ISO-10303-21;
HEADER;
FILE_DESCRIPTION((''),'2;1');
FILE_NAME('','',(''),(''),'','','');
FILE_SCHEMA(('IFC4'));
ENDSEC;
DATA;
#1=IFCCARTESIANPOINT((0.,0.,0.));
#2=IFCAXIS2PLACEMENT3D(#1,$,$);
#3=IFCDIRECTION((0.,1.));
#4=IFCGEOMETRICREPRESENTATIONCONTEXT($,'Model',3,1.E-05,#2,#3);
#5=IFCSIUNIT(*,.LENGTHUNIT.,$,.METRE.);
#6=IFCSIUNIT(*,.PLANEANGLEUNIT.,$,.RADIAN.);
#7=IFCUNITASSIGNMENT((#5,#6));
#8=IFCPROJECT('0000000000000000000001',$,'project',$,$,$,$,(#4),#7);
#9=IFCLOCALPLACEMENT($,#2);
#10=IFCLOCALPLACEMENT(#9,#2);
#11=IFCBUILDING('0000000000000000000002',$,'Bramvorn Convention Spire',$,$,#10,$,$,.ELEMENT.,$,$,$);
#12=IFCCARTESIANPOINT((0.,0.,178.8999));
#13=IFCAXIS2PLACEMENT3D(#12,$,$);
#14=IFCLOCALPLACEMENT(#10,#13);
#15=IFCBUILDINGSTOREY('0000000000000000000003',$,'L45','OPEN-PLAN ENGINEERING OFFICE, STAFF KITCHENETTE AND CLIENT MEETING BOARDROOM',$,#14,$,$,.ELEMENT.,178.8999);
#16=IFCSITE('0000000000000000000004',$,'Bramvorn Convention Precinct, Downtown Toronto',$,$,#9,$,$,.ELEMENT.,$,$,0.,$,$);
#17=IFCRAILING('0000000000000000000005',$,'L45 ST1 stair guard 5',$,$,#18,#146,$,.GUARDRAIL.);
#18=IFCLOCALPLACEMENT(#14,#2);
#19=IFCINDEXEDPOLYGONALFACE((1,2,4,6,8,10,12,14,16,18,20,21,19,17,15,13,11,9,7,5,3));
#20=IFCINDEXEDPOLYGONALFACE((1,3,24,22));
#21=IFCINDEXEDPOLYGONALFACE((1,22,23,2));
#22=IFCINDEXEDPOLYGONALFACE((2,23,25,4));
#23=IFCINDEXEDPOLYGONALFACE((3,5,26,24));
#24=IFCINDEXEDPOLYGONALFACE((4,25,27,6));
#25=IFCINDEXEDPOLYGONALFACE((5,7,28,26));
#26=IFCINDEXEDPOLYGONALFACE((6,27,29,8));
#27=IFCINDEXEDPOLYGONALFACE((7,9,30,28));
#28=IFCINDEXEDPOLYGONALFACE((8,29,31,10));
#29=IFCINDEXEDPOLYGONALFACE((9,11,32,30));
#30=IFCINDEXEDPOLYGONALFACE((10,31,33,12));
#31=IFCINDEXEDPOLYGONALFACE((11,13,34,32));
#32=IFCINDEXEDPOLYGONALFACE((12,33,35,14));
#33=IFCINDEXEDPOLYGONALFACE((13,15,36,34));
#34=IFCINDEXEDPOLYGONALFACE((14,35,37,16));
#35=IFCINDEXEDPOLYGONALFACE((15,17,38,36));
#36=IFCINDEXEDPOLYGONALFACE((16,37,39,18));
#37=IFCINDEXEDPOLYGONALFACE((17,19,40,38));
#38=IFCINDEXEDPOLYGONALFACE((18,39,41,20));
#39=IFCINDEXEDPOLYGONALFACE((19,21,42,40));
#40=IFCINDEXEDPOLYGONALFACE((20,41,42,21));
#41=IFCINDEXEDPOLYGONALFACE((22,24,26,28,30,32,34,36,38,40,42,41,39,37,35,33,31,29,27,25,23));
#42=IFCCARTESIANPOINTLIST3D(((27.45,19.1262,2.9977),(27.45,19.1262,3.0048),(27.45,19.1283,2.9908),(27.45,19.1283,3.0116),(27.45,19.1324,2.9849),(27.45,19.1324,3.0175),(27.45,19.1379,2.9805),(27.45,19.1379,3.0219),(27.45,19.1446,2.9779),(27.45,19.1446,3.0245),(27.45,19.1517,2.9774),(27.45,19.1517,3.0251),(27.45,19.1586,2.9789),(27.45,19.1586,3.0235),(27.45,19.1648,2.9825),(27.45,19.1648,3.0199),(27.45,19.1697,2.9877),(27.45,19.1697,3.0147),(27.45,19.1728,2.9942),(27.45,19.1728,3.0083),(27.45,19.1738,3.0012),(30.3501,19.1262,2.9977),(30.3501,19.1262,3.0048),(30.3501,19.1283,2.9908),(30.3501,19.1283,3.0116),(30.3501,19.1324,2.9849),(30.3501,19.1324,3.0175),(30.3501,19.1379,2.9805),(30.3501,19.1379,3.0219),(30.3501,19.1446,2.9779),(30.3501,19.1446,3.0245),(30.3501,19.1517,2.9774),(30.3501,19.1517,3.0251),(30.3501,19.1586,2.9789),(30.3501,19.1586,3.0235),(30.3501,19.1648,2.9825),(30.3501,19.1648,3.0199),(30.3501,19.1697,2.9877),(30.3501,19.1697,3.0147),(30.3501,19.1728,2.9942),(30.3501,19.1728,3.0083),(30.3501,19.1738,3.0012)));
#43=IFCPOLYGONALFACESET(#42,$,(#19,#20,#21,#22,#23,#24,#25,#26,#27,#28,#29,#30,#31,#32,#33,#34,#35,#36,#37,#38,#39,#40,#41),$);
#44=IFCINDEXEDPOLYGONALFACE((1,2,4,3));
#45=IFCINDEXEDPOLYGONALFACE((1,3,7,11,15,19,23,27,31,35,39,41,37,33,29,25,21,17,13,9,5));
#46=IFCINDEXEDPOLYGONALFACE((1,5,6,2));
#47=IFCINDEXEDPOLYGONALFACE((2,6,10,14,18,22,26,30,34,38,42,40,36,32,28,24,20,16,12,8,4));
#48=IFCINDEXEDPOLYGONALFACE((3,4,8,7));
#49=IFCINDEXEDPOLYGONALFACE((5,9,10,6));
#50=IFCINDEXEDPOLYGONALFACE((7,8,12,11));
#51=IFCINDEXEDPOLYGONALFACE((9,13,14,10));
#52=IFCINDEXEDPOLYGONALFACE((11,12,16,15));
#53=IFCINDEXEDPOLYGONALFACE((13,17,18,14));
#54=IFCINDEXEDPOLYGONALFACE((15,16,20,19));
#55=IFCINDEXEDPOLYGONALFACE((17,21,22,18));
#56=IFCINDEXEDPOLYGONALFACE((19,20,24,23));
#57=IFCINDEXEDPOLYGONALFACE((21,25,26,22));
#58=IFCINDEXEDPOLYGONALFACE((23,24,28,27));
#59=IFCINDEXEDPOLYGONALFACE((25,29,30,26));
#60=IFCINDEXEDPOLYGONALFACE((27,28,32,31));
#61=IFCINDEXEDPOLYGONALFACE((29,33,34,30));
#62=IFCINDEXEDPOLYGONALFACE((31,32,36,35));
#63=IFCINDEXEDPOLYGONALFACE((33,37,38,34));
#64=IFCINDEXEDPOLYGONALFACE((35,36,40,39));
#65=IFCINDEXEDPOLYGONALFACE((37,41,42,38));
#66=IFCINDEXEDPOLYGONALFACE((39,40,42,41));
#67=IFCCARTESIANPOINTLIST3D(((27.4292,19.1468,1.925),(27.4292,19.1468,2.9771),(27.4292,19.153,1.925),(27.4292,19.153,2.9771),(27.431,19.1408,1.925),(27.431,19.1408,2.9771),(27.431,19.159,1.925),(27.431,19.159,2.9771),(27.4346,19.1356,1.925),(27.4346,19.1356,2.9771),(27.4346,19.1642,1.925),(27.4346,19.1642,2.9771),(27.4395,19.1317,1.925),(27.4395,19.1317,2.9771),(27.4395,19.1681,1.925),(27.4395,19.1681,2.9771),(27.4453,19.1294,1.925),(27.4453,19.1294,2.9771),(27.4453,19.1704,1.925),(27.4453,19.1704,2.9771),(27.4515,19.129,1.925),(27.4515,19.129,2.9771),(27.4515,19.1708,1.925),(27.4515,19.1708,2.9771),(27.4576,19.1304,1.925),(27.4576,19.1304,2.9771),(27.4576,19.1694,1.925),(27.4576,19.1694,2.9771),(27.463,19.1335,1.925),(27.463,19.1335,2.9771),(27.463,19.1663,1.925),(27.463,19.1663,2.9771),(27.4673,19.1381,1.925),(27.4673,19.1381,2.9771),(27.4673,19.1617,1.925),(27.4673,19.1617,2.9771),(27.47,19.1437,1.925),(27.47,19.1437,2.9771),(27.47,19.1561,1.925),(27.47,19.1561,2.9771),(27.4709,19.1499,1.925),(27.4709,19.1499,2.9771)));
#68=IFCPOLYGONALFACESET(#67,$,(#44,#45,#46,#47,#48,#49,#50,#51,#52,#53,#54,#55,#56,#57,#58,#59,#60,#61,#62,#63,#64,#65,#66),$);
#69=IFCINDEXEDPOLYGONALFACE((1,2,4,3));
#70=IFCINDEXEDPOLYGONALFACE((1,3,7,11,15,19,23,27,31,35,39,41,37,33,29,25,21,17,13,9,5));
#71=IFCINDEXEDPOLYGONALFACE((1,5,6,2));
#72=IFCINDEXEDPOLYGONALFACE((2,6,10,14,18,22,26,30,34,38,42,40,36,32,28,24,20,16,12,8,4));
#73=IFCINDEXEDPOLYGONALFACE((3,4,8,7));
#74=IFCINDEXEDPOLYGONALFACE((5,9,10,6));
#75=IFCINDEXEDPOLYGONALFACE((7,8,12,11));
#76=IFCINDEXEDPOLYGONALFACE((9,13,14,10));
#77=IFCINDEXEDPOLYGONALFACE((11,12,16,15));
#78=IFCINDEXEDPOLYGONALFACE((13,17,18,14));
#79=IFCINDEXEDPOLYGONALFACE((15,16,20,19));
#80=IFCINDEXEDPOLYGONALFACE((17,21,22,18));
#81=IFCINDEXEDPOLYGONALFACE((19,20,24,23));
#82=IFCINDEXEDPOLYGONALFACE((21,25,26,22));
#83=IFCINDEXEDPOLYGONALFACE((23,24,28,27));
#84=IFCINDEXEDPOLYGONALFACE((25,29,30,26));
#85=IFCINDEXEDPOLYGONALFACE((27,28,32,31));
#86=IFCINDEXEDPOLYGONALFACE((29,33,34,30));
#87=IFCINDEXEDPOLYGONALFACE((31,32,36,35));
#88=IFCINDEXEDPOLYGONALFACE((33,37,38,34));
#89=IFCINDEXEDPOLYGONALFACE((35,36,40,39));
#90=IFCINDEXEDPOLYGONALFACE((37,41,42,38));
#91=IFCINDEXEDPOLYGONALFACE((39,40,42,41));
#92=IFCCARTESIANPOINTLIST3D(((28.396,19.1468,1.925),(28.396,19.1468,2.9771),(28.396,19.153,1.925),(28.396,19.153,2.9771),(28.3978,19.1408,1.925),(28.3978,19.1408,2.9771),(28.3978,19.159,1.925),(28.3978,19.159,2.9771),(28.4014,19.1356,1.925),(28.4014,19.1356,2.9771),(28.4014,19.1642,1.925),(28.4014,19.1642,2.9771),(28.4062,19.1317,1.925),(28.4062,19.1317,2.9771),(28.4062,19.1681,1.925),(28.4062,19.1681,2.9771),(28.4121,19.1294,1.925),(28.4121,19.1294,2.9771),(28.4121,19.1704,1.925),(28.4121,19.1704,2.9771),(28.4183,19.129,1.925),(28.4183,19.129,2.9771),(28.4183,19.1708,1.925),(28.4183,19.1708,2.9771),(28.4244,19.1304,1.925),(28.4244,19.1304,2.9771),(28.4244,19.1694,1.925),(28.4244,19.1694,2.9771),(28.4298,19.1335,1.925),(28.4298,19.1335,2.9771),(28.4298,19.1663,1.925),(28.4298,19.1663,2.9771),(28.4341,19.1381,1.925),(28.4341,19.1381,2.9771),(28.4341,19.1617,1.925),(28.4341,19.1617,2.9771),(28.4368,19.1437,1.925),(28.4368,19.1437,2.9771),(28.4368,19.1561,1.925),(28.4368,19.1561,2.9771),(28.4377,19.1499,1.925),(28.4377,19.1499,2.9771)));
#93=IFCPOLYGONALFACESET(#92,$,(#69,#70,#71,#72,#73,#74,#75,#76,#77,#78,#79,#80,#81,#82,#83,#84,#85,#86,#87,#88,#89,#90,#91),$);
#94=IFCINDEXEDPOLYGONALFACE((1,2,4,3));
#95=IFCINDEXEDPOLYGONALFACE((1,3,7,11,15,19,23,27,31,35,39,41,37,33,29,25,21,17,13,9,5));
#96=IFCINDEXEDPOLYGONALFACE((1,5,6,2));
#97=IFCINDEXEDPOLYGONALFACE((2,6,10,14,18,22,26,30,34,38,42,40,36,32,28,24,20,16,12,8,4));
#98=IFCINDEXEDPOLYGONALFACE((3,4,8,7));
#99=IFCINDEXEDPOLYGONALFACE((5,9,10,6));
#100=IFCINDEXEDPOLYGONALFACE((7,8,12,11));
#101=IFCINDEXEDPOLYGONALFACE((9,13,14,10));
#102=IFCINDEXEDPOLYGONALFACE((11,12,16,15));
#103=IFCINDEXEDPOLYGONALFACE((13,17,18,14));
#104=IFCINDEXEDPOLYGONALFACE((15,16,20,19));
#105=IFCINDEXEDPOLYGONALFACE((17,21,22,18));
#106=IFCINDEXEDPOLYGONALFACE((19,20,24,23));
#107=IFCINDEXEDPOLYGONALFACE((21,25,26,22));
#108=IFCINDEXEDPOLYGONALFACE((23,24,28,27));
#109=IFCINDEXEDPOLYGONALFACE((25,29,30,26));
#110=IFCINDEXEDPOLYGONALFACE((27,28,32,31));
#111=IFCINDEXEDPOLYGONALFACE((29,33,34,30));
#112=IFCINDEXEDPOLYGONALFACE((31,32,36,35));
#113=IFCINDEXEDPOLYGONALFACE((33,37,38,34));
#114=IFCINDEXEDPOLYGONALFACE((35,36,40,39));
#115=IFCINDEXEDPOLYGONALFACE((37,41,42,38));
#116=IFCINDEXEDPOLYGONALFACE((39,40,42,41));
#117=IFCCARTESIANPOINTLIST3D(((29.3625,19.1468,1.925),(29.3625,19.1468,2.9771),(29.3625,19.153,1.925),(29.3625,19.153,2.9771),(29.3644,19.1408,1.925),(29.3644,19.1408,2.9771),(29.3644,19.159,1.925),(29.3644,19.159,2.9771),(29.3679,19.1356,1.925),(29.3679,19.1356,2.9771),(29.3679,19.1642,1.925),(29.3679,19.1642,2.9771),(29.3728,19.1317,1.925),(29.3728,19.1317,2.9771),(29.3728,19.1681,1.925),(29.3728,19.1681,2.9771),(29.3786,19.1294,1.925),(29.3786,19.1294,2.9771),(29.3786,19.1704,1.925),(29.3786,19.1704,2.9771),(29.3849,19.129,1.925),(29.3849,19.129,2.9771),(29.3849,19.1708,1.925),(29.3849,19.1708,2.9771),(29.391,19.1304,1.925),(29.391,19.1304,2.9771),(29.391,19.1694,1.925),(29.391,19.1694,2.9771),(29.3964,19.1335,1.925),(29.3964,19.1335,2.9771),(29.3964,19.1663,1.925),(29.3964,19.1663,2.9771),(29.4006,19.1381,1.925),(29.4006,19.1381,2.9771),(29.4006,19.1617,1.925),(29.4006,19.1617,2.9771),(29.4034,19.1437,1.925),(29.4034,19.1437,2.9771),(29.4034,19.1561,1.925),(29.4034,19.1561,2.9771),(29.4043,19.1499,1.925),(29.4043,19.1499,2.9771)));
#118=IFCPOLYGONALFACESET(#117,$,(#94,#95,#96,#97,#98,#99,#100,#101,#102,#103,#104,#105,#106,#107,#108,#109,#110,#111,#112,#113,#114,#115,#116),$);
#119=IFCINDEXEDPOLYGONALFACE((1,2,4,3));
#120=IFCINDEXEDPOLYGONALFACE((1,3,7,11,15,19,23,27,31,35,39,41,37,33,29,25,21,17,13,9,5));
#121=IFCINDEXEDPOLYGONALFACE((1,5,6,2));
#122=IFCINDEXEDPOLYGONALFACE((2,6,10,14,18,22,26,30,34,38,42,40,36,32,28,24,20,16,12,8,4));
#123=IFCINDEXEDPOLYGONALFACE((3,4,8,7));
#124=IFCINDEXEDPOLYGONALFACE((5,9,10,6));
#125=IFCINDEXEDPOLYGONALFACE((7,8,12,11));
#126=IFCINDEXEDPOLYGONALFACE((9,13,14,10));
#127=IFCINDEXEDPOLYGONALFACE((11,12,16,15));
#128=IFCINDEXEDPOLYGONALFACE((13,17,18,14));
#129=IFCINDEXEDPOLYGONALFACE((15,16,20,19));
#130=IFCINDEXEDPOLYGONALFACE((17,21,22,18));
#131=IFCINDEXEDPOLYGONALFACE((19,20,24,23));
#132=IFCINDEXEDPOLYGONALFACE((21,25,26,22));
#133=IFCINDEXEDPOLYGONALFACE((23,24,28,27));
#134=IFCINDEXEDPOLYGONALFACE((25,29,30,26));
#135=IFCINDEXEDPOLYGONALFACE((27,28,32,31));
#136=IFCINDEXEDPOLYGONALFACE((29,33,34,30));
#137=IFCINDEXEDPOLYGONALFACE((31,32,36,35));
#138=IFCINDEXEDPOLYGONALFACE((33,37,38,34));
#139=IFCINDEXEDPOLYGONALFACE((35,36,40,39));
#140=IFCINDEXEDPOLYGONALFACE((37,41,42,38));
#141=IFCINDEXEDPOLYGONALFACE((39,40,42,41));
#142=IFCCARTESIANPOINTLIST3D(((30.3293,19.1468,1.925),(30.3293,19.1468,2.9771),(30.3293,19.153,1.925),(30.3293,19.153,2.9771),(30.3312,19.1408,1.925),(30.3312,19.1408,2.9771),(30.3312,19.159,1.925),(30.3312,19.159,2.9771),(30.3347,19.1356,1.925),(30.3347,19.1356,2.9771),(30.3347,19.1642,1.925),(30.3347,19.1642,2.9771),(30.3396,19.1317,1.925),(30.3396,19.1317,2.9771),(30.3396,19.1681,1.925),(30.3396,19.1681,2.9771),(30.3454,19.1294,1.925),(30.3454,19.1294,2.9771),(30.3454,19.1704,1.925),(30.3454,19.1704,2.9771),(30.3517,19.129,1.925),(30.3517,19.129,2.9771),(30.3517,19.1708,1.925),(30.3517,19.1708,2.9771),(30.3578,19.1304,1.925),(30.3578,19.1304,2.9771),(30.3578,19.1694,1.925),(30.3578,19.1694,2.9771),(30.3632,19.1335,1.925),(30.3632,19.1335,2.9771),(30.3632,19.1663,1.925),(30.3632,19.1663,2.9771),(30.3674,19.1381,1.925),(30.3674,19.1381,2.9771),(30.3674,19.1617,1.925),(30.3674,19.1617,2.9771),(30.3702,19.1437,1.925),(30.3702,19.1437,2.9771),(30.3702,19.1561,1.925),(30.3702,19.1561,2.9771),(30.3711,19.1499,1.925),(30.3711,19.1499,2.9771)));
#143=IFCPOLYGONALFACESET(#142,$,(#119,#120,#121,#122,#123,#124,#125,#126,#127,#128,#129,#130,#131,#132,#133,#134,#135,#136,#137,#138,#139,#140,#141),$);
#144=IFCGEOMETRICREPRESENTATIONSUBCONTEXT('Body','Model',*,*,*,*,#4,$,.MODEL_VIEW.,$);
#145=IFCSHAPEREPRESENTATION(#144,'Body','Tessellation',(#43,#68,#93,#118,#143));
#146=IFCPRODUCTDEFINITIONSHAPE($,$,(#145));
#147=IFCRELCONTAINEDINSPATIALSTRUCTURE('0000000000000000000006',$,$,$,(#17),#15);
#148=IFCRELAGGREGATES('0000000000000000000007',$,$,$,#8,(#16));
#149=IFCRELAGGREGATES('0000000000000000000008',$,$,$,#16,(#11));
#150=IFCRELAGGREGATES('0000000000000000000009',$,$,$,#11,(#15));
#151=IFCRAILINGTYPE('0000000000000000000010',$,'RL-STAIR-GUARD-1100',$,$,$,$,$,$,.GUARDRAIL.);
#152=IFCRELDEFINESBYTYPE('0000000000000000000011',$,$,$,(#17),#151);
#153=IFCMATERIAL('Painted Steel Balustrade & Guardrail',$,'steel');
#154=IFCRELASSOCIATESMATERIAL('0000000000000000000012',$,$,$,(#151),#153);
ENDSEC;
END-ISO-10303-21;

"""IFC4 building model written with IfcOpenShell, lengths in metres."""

from ifc_helpers import new_model, si_unit, direction, frame, origin, origin_2d, place, context, subcontext, project, spatial, circle, extrude, material, type_object, element, save


model = new_model("IFC4")

# Units and contexts
model_context = context("Model", 3, precision=1e-05, world=origin(), true_north=direction((0.0, 1.0)))
body_context = subcontext(model_context, "Body", "Model", "MODEL_VIEW")
ifc_project = project(units=[si_unit("LENGTHUNIT", "METRE"), si_unit("PLANEANGLEUNIT", "RADIAN")], contexts=[model_context])

# Site, building, storey
site_placement = place(None, origin())
site = spatial("IfcSite", under=ifc_project, at=site_placement, Name="Bramvorn Convention Precinct, Downtown Toronto", CompositionType="ELEMENT", RefElevation=0.0)
building_placement = place(site_placement, origin())
building = spatial("IfcBuilding", under=site, at=building_placement, Name="Bramvorn Convention Spire", CompositionType="ELEMENT")
storey_placement = place(building_placement, frame((0.0, 0.0, 178.8999)))
storey = spatial("IfcBuildingStorey", under=building, at=storey_placement, Name="L45", Description="OPEN-PLAN ENGINEERING OFFICE, STAFF KITCHENETTE AND CLIENT MEETING BOARDROOM", CompositionType="ELEMENT", Elevation=178.8999)

# Railing
ifc_material_1 = material(Name="Painted Steel Balustrade & Guardrail", Category="steel")
railing_type = type_object("IfcRailingType", Name="RL-STAIR-GUARD-1100", PredefinedType="GUARDRAIL", material=ifc_material_1)
railing_1_placement = place(storey_placement, frame((27.45, 19.1499, 1.925)))
element("IfcRailing", 1, at=railing_1_placement, inside=storey, type_object=railing_type, Name="L45 ST1 stair guard 5", PredefinedType="GUARDRAIL", context=body_context, shape_type="SweptSolid", body=[
    extrude(circle(Radius=0.0239, at=origin_2d()), frame((0.0, 0.0, 1.0762), z_axis=(1.0, 0.0, 0.0), x_axis=(0.0, 1.0, 0.0)), (0.0, 0.0, 1.0), 2.9001),
    extrude(circle(Radius=0.021, at=origin_2d()), origin(), (0.0, 0.0, 1.0), 1.052),
    extrude(circle(Radius=0.021, at=origin_2d()), frame((0.9668, 0.0, 0.0)), (0.0, 0.0, 1.0), 1.052),
    extrude(circle(Radius=0.021, at=origin_2d()), frame((1.9333, 0.0, 0.0)), (0.0, 0.0, 1.0), 1.052),
    extrude(circle(Radius=0.021, at=origin_2d()), frame((2.9001, 0.0, 0.0)), (0.0, 0.0, 1.0), 1.052),
])

save(model, "model.ifc")
